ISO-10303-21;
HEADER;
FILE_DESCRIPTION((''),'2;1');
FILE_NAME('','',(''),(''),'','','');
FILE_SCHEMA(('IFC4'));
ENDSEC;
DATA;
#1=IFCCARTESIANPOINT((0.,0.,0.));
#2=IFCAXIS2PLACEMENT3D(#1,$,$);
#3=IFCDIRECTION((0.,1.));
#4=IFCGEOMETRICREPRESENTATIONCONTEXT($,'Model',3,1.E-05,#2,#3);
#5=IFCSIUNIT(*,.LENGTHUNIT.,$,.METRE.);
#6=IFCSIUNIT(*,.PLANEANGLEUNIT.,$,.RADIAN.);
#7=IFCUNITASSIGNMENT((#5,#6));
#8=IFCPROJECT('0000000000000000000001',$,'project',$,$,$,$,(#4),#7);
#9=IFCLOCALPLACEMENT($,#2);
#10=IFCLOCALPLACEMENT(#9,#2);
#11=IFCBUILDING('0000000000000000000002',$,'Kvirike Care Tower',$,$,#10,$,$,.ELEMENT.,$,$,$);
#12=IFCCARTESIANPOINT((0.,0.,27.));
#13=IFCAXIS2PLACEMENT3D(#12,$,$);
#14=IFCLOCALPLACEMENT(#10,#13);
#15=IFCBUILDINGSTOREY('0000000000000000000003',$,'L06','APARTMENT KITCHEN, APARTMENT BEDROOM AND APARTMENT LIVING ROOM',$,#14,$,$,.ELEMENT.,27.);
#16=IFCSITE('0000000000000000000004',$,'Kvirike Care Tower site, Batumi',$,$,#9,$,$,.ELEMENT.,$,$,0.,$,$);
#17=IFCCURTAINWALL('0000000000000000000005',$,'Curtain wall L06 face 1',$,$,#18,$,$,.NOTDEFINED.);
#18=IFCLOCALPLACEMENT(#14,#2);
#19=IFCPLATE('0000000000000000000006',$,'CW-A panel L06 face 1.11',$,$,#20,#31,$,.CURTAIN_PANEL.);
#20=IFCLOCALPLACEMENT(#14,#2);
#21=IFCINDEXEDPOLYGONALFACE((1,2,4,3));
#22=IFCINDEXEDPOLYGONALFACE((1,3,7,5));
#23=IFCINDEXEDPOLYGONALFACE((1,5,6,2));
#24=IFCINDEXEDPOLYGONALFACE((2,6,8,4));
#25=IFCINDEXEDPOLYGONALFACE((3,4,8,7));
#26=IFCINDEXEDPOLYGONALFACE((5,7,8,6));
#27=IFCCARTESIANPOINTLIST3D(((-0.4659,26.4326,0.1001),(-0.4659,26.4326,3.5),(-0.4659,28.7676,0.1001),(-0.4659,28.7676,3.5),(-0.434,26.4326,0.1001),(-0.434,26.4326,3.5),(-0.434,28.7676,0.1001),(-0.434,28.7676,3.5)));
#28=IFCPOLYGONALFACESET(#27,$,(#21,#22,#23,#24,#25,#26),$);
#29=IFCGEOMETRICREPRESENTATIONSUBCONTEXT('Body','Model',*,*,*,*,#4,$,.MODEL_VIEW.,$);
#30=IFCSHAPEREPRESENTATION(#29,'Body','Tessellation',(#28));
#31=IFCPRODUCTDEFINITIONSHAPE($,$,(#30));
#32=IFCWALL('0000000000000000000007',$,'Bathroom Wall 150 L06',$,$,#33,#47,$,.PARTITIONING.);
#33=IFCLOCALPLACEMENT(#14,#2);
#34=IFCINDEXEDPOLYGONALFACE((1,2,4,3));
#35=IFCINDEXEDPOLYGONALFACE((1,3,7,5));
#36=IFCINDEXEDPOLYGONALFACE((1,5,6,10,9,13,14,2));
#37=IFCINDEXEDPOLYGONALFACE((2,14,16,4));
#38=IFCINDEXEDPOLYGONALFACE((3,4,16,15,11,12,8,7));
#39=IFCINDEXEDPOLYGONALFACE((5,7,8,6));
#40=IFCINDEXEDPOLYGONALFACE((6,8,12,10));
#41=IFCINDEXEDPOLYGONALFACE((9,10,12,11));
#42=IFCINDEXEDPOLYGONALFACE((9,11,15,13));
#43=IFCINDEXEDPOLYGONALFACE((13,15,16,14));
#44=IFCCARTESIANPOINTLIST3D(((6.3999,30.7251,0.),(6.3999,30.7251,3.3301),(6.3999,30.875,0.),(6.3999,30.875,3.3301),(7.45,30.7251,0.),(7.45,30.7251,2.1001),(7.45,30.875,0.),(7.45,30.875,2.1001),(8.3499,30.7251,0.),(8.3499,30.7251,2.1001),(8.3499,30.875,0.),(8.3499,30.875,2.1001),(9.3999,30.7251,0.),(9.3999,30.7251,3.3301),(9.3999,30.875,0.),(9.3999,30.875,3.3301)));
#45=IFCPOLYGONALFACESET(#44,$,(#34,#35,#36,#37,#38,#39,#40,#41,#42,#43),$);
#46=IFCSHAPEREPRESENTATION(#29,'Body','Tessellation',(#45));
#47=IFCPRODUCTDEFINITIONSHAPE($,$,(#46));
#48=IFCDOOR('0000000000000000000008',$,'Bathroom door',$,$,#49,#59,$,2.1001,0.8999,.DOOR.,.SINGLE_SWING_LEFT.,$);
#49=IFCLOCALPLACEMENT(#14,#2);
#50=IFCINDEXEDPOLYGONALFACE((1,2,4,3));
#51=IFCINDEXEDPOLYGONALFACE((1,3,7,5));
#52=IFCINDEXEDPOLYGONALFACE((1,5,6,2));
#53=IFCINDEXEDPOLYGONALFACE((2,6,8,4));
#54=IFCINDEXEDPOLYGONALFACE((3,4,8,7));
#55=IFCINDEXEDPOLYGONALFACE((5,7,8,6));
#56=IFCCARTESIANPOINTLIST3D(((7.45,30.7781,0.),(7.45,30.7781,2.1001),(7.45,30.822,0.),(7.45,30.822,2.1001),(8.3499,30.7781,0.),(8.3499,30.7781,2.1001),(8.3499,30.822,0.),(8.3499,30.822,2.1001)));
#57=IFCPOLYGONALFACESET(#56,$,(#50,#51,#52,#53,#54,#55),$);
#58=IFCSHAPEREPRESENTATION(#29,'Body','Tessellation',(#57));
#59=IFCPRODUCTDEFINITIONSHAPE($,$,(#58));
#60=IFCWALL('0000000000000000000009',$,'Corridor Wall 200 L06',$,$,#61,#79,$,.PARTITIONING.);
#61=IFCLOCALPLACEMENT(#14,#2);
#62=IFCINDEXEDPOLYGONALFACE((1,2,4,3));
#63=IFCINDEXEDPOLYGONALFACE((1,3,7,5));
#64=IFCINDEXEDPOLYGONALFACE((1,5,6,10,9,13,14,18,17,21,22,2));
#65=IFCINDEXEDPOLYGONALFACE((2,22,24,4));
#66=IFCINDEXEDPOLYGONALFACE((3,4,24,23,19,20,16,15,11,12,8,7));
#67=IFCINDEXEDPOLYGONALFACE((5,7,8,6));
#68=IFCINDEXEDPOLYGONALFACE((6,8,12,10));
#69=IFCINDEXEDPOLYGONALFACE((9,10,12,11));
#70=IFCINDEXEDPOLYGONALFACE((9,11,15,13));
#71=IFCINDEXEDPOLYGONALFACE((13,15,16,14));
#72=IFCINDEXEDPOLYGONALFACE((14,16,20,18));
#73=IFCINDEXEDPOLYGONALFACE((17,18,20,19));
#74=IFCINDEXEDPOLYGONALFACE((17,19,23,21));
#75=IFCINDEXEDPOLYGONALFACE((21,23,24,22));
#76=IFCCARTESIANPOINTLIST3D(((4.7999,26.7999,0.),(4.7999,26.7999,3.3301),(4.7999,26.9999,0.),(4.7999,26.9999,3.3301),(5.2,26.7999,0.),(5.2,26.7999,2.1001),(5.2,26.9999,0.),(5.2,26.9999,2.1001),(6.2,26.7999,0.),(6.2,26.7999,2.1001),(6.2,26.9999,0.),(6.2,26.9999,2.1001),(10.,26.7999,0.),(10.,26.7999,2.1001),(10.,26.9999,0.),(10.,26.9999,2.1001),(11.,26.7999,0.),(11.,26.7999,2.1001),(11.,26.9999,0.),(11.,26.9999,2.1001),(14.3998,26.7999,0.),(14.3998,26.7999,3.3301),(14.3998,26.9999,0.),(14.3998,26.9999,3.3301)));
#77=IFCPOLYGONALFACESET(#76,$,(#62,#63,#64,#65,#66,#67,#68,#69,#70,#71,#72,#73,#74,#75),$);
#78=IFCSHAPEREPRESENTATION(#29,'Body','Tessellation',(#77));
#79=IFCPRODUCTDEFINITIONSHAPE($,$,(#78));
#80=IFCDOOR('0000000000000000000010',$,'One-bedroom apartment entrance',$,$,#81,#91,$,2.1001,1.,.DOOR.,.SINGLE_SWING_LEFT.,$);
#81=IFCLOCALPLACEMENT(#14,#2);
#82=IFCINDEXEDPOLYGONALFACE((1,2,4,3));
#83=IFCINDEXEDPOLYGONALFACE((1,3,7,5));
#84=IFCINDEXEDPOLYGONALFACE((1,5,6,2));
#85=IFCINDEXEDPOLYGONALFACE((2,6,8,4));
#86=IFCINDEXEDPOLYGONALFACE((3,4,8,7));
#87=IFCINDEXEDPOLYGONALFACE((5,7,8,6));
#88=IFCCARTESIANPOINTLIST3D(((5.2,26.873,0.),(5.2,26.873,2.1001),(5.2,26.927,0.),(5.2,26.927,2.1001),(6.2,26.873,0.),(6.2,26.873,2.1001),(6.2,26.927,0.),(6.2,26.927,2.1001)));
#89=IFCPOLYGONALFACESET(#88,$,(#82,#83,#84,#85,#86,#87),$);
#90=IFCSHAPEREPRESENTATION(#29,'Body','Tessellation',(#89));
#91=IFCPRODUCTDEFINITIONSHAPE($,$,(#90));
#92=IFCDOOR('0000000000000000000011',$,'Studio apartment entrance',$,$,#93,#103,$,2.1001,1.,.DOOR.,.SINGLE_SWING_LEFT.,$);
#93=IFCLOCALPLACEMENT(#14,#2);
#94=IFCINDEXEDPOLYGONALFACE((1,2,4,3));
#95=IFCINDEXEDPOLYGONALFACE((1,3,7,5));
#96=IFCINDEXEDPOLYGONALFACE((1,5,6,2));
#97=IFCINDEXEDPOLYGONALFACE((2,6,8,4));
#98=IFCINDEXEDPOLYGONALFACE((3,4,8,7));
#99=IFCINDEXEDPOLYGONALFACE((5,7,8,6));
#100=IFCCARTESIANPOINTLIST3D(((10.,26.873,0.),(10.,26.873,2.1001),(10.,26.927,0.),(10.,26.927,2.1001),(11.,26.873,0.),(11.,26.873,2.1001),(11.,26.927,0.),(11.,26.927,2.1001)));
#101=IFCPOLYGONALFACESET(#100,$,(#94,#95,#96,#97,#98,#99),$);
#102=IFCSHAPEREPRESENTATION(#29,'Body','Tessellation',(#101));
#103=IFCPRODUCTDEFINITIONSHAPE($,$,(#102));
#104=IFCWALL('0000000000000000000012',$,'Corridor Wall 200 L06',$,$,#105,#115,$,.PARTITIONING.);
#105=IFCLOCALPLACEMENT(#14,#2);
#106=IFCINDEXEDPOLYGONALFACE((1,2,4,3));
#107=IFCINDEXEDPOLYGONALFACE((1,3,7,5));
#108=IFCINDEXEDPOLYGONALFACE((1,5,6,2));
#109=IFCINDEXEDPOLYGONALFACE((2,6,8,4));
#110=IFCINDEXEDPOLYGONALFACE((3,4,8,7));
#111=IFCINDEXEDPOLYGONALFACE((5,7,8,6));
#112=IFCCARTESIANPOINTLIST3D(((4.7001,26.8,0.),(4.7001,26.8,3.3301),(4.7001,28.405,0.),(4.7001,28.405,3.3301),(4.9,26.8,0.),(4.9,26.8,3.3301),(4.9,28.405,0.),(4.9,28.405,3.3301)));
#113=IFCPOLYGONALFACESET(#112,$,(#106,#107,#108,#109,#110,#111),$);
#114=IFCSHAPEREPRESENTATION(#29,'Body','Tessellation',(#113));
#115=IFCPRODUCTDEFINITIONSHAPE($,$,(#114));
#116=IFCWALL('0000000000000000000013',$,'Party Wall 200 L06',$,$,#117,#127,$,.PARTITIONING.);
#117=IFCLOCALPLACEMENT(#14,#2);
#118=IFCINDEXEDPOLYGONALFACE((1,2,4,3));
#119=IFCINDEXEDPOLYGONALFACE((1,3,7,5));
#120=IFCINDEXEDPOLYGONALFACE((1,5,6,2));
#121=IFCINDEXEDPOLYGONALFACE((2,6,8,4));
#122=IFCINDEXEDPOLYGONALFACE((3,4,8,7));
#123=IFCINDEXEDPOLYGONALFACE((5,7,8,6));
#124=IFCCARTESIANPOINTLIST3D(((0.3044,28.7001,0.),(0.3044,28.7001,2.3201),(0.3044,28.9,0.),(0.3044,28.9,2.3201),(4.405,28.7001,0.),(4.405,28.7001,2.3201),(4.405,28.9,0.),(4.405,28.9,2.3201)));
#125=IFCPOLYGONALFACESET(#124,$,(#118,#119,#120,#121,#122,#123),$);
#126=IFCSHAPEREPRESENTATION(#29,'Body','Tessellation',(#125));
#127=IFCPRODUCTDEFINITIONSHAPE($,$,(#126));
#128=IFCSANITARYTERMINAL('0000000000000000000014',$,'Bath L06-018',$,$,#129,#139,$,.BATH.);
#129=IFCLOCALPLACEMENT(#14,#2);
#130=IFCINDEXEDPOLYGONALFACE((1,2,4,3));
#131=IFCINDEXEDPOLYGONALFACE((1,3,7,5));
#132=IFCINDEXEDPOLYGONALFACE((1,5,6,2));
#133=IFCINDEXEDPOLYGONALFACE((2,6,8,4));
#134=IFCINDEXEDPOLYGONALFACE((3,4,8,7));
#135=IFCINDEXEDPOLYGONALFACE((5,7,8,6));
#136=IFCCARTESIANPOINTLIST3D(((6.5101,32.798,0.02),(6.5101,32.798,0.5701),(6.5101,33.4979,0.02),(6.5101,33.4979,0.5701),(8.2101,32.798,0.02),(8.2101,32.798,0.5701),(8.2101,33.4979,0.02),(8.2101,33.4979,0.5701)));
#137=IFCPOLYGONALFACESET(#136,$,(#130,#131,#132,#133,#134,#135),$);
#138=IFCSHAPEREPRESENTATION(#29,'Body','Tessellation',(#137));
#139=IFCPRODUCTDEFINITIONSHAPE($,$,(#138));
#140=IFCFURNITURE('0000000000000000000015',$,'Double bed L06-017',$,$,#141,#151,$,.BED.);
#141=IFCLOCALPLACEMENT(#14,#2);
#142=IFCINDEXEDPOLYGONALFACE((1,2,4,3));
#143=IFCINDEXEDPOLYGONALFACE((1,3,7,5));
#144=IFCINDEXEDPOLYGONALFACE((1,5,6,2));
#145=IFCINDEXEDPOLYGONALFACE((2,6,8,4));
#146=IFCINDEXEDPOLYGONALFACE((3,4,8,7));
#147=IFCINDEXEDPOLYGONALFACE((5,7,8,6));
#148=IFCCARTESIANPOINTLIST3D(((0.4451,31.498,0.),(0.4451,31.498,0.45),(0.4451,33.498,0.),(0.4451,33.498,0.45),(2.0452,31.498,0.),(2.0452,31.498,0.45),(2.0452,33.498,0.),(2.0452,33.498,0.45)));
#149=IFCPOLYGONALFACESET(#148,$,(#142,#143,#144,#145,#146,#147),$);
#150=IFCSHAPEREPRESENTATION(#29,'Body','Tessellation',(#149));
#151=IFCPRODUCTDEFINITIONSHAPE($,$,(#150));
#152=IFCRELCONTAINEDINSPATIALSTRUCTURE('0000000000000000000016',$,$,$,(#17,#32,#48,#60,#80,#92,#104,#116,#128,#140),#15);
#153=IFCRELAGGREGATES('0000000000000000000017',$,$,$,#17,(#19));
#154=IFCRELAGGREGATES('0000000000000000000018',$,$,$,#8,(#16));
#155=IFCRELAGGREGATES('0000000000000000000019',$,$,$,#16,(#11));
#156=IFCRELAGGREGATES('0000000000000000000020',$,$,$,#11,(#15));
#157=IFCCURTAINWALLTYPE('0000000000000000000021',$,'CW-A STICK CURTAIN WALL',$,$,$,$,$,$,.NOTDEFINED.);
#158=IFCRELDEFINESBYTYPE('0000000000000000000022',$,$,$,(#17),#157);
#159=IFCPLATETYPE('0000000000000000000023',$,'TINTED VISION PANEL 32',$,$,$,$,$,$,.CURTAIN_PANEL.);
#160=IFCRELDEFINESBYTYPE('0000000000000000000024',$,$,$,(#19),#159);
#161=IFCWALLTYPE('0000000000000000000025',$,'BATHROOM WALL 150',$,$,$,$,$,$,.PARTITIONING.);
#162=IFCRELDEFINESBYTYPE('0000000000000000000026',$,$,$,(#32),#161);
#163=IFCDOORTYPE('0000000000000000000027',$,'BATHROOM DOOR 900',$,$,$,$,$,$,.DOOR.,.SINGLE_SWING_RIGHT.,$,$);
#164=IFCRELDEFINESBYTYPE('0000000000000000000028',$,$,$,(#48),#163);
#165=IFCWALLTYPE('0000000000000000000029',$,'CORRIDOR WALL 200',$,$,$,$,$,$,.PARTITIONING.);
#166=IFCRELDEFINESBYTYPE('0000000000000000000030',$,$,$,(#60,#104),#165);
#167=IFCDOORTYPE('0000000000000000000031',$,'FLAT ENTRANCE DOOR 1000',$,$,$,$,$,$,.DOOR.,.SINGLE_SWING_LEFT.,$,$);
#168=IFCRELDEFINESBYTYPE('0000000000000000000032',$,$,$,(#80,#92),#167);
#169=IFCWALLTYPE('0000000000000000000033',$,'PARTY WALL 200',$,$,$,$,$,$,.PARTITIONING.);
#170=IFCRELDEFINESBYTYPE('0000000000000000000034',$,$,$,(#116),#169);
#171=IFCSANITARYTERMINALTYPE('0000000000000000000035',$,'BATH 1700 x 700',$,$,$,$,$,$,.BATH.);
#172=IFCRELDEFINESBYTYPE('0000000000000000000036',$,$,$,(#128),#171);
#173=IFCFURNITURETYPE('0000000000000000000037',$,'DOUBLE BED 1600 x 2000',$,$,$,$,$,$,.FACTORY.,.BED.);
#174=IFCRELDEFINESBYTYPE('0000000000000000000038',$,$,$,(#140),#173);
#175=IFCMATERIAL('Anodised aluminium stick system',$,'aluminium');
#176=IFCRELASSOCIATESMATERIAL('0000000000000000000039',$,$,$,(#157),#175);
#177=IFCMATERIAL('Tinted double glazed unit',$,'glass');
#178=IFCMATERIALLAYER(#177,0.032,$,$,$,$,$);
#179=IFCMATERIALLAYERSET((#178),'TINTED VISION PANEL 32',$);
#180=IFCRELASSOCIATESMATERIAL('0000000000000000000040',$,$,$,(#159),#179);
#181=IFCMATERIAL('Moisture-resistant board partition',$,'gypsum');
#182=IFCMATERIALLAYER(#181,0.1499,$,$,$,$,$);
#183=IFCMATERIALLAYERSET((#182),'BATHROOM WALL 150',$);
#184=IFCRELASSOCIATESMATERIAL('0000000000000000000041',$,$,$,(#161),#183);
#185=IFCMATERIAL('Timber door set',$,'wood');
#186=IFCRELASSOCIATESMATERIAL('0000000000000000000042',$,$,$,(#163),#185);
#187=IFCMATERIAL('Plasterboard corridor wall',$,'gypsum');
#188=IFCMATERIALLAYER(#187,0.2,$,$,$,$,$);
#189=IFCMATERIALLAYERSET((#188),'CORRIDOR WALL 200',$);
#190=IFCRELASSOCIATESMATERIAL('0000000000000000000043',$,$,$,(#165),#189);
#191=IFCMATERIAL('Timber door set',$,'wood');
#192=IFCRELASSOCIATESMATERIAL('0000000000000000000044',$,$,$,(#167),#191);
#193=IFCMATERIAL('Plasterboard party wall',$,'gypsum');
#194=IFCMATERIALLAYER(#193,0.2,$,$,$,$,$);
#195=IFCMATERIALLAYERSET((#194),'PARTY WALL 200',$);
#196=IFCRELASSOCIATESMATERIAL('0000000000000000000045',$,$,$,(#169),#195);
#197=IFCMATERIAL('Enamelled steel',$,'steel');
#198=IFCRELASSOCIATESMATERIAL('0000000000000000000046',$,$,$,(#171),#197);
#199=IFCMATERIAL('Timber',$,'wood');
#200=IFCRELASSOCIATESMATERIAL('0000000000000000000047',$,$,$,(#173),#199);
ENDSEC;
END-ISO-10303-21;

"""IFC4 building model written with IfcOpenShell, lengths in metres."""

from ifc_helpers import new_model, si_unit, direction, frame, frame_2d, origin, origin_2d, place, context, subcontext, project, spatial, rectangle, extrude, material, layer, layer_set, type_object, element, fill, aggregate, save


model = new_model("IFC4")

# Units and contexts
model_context = context("Model", 3, precision=1e-05, world=origin(), true_north=direction((0.0, 1.0)))
body_context = subcontext(model_context, "Body", "Model", "MODEL_VIEW")
ifc_project = project(units=[si_unit("LENGTHUNIT", "METRE"), si_unit("PLANEANGLEUNIT", "RADIAN")], contexts=[model_context])

# Site, building, storey
site_placement = place(None, origin())
site = spatial("IfcSite", under=ifc_project, at=site_placement, Name="Kvirike Care Tower site, Batumi", CompositionType="ELEMENT", RefElevation=0.0)
building_placement = place(site_placement, origin())
building = spatial("IfcBuilding", under=site, at=building_placement, Name="Kvirike Care Tower", CompositionType="ELEMENT")
storey_placement = place(building_placement, frame((0.0, 0.0, 27.0)))
storey = spatial("IfcBuildingStorey", under=building, at=storey_placement, Name="L06", Description="APARTMENT KITCHEN, APARTMENT BEDROOM AND APARTMENT LIVING ROOM", CompositionType="ELEMENT", Elevation=27.0)

# Curtain wall
ifc_material_1 = material(Name="Anodised aluminium stick system", Category="aluminium")
curtain_wall_type = type_object("IfcCurtainWallType", Name="CW-A STICK CURTAIN WALL", PredefinedType="NOTDEFINED", material=ifc_material_1)
curtain_wall_placement = place(storey_placement, origin())
curtain_wall = element("IfcCurtainWall", 1, at=curtain_wall_placement, inside=storey, type_object=curtain_wall_type, Name="Curtain wall L06 face 1", PredefinedType="NOTDEFINED")

# Plate
ifc_material_2 = material(Name="Tinted double glazed unit", Category="glass")
ifc_layer_1 = layer(ifc_material_2, 0.032)
ifc_layer_set_1 = layer_set([ifc_layer_1], Name="TINTED VISION PANEL 32")
plate_type = type_object("IfcPlateType", Name="TINTED VISION PANEL 32", PredefinedType="CURTAIN_PANEL", material=ifc_layer_set_1)
plate_1_placement = place(storey_placement, frame((-0.45, 27.6001, 0.1001), z_axis=(0.0, 0.0, 1.0), x_axis=(0.0, -1.0, 0.0)))
plate_1 = element("IfcPlate", 2, at=plate_1_placement, type_object=plate_type, Name="CW-A panel L06 face 1.11", PredefinedType="CURTAIN_PANEL", context=body_context, shape_type="SweptSolid", body=[
    extrude(rectangle(XDim=2.335, YDim=0.032, at=origin_2d()), origin(), (0.0, 0.0, 1.0), 3.3999),
])
aggregate(curtain_wall, [plate_1])

# Wall, opening, door
ifc_material_3 = material(Name="Moisture-resistant board partition", Category="gypsum")
ifc_layer_2 = layer(ifc_material_3, 0.1499)
ifc_layer_set_2 = layer_set([ifc_layer_2], Name="BATHROOM WALL 150")
wall_type_1 = type_object("IfcWallType", Name="BATHROOM WALL 150", PredefinedType="PARTITIONING", material=ifc_layer_set_2)
wall_1_placement = place(storey_placement, frame((6.3999, 30.8, 0.0), z_axis=(0.0, 0.0, 1.0), x_axis=(1.0, 0.0, 0.0)))
wall_1 = element("IfcWall", 3, at=wall_1_placement, inside=storey, type_object=wall_type_1, Name="Bathroom Wall 150 L06", PredefinedType="PARTITIONING", context=body_context, shape_type="SweptSolid", body=[
    extrude(rectangle(XDim=3.0, YDim=0.1499, at=frame_2d((1.5, 0.0))), origin(), (0.0, 0.0, 1.0), 3.3301),
])
opening_1_placement = place(wall_1_placement, frame((1.05, 0.0, 0.0)))
opening_1 = element("IfcOpeningElement", 4, at=opening_1_placement, cuts=wall_1, PredefinedType="OPENING", context=body_context, shape_type="SweptSolid", body=[
    extrude(rectangle(XDim=0.8999, YDim=2.1001, at=frame_2d((0.45, 1.05))), frame((0.0, 0.0854, 0.0), z_axis=(0.0, -1.0, 0.0), x_axis=(1.0, 0.0, 0.0)), (0.0, 0.0, 1.0), 0.1709),
])
ifc_material_4 = material(Name="Timber door set", Category="wood")
door_type_1 = type_object("IfcDoorType", Name="BATHROOM DOOR 900", OperationType="SINGLE_SWING_RIGHT", PredefinedType="DOOR", material=ifc_material_4)
door_1_placement = place(opening_1_placement, origin())
door_1 = element("IfcDoor", 5, at=door_1_placement, inside=storey, type_object=door_type_1, Name="Bathroom door", OperationType="SINGLE_SWING_LEFT", OverallHeight=2.1001, OverallWidth=0.8999, PredefinedType="DOOR", context=body_context, shape_type="SweptSolid", body=[
    extrude(rectangle(XDim=0.8999, YDim=2.1001, at=frame_2d((0.45, 1.05))), frame((0.0, 0.022, 0.0), z_axis=(0.0, -1.0, 0.0), x_axis=(1.0, 0.0, 0.0)), (0.0, 0.0, 1.0), 0.0439),
])
fill(opening_1, door_1)

# Wall, openings, doors
ifc_material_5 = material(Name="Plasterboard corridor wall", Category="gypsum")
ifc_layer_3 = layer(ifc_material_5, 0.2)
ifc_layer_set_3 = layer_set([ifc_layer_3], Name="CORRIDOR WALL 200")
wall_type_2 = type_object("IfcWallType", Name="CORRIDOR WALL 200", PredefinedType="PARTITIONING", material=ifc_layer_set_3)
wall_2_placement = place(storey_placement, frame((4.8, 26.8999, 0.0), z_axis=(0.0, 0.0, 1.0), x_axis=(1.0, 0.0, 0.0)))
wall_2 = element("IfcWall", 6, at=wall_2_placement, inside=storey, type_object=wall_type_2, Name="Corridor Wall 200 L06", PredefinedType="PARTITIONING", context=body_context, shape_type="SweptSolid", body=[
    extrude(rectangle(XDim=9.5999, YDim=0.2, at=frame_2d((4.7998, 0.0))), origin(), (0.0, 0.0, 1.0), 3.3301),
])
opening_2_placement = place(wall_2_placement, frame((0.3999, 0.0, 0.0)))
opening_2 = element("IfcOpeningElement", 7, at=opening_2_placement, cuts=wall_2, PredefinedType="OPENING", context=body_context, shape_type="SweptSolid", body=[
    extrude(rectangle(XDim=1.0, YDim=2.1001, at=frame_2d((0.5, 1.05))), frame((0.0, 0.1106, 0.0), z_axis=(0.0, -1.0, 0.0), x_axis=(1.0, 0.0, 0.0)), (0.0, 0.0, 1.0), 0.2209),
])
opening_3_placement = place(wall_2_placement, frame((5.2, 0.0, 0.0)))
opening_3 = element("IfcOpeningElement", 8, at=opening_3_placement, cuts=wall_2, PredefinedType="OPENING", context=body_context, shape_type="SweptSolid", body=[
    extrude(rectangle(XDim=1.0, YDim=2.1001, at=frame_2d((0.5, 1.05))), frame((0.0, 0.1106, 0.0), z_axis=(0.0, -1.0, 0.0), x_axis=(1.0, 0.0, 0.0)), (0.0, 0.0, 1.0), 0.2209),
])
ifc_material_6 = material(Name="Timber door set", Category="wood")
door_type_2 = type_object("IfcDoorType", Name="FLAT ENTRANCE DOOR 1000", OperationType="SINGLE_SWING_LEFT", PredefinedType="DOOR", material=ifc_material_6)
door_2_placement = place(opening_2_placement, frame((1.0, 0.0, 0.0), z_axis=(0.0, 0.0, 1.0), x_axis=(-1.0, 0.0, 0.0)))
door_2 = element("IfcDoor", 9, at=door_2_placement, inside=storey, type_object=door_type_2, Name="One-bedroom apartment entrance", OperationType="SINGLE_SWING_LEFT", OverallHeight=2.1001, OverallWidth=1.0, PredefinedType="DOOR", context=body_context, shape_type="SweptSolid", body=[
    extrude(rectangle(XDim=1.0, YDim=2.1001, at=frame_2d((0.5, 1.05))), frame((0.0, 0.0269, 0.0), z_axis=(0.0, -1.0, 0.0), x_axis=(1.0, 0.0, 0.0)), (0.0, 0.0, 1.0), 0.054),
])
fill(opening_2, door_2)
door_3_placement = place(opening_3_placement, frame((1.0, 0.0, 0.0), z_axis=(0.0, 0.0, 1.0), x_axis=(-1.0, 0.0, 0.0)))
door_3 = element("IfcDoor", 10, at=door_3_placement, inside=storey, type_object=door_type_2, Name="Studio apartment entrance", OperationType="SINGLE_SWING_LEFT", OverallHeight=2.1001, OverallWidth=1.0, PredefinedType="DOOR", context=body_context, shape_type="SweptSolid", body=[
    extrude(rectangle(XDim=1.0, YDim=2.1001, at=frame_2d((0.5, 1.05))), frame((0.0, 0.0269, 0.0), z_axis=(0.0, -1.0, 0.0), x_axis=(1.0, 0.0, 0.0)), (0.0, 0.0, 1.0), 0.054),
])
fill(opening_3, door_3)

# Walls
wall_3_placement = place(storey_placement, frame((4.8, 26.8, 0.0), z_axis=(0.0, 0.0, 1.0), x_axis=(0.0, 1.0, 0.0)))
element("IfcWall", 11, at=wall_3_placement, inside=storey, type_object=wall_type_2, Name="Corridor Wall 200 L06", PredefinedType="PARTITIONING", context=body_context, shape_type="SweptSolid", body=[
    extrude(rectangle(XDim=1.605, YDim=0.2, at=frame_2d((0.8025, 0.0))), origin(), (0.0, 0.0, 1.0), 3.3301),
])
ifc_material_7 = material(Name="Plasterboard party wall", Category="gypsum")
ifc_layer_4 = layer(ifc_material_7, 0.2)
ifc_layer_set_4 = layer_set([ifc_layer_4], Name="PARTY WALL 200")
wall_type_3 = type_object("IfcWallType", Name="PARTY WALL 200", PredefinedType="PARTITIONING", material=ifc_layer_set_4)
wall_4_placement = place(storey_placement, frame((4.405, 28.8, 0.0), z_axis=(0.0, 0.0, 1.0), x_axis=(-1.0, 0.0, 0.0)))
element("IfcWall", 12, at=wall_4_placement, inside=storey, type_object=wall_type_3, Name="Party Wall 200 L06", PredefinedType="PARTITIONING", context=body_context, shape_type="SweptSolid", body=[
    extrude(rectangle(XDim=4.1006, YDim=0.2, at=frame_2d((2.0503, 0.0))), origin(), (0.0, 0.0, 1.0), 2.3201),
])

# Sanitary terminal
ifc_material_8 = material(Name="Enamelled steel", Category="steel")
sanitary_terminal_type = type_object("IfcSanitaryTerminalType", Name="BATH 1700 x 700", PredefinedType="BATH", material=ifc_material_8)
sanitary_terminal_placement = place(storey_placement, frame((7.3601, 33.1479, 0.02), z_axis=(0.0, 0.0, 1.0), x_axis=(1.0, 0.0, 0.0)))
element("IfcSanitaryTerminal", 13, at=sanitary_terminal_placement, inside=storey, type_object=sanitary_terminal_type, Name="Bath L06-018", PredefinedType="BATH", context=body_context, shape_type="SweptSolid", body=[
    extrude(rectangle(XDim=1.7, YDim=0.7, at=origin_2d()), origin(), (0.0, 0.0, 1.0), 0.55),
])

# Furniture
ifc_material_9 = material(Name="Timber", Category="wood")
furniture_type = type_object("IfcFurnitureType", Name="DOUBLE BED 1600 x 2000", AssemblyPlace="FACTORY", PredefinedType="BED", material=ifc_material_9)
furniture_placement = place(storey_placement, frame((1.2451, 32.498, 0.0), z_axis=(0.0, 0.0, 1.0), x_axis=(1.0, 0.0, 0.0)))
element("IfcFurniture", 14, at=furniture_placement, inside=storey, type_object=furniture_type, Name="Double bed L06-017", PredefinedType="BED", context=body_context, shape_type="SweptSolid", body=[
    extrude(rectangle(XDim=1.6001, YDim=2.0, at=origin_2d()), origin(), (0.0, 0.0, 1.0), 0.45),
])

save(model, "model.ifc")
